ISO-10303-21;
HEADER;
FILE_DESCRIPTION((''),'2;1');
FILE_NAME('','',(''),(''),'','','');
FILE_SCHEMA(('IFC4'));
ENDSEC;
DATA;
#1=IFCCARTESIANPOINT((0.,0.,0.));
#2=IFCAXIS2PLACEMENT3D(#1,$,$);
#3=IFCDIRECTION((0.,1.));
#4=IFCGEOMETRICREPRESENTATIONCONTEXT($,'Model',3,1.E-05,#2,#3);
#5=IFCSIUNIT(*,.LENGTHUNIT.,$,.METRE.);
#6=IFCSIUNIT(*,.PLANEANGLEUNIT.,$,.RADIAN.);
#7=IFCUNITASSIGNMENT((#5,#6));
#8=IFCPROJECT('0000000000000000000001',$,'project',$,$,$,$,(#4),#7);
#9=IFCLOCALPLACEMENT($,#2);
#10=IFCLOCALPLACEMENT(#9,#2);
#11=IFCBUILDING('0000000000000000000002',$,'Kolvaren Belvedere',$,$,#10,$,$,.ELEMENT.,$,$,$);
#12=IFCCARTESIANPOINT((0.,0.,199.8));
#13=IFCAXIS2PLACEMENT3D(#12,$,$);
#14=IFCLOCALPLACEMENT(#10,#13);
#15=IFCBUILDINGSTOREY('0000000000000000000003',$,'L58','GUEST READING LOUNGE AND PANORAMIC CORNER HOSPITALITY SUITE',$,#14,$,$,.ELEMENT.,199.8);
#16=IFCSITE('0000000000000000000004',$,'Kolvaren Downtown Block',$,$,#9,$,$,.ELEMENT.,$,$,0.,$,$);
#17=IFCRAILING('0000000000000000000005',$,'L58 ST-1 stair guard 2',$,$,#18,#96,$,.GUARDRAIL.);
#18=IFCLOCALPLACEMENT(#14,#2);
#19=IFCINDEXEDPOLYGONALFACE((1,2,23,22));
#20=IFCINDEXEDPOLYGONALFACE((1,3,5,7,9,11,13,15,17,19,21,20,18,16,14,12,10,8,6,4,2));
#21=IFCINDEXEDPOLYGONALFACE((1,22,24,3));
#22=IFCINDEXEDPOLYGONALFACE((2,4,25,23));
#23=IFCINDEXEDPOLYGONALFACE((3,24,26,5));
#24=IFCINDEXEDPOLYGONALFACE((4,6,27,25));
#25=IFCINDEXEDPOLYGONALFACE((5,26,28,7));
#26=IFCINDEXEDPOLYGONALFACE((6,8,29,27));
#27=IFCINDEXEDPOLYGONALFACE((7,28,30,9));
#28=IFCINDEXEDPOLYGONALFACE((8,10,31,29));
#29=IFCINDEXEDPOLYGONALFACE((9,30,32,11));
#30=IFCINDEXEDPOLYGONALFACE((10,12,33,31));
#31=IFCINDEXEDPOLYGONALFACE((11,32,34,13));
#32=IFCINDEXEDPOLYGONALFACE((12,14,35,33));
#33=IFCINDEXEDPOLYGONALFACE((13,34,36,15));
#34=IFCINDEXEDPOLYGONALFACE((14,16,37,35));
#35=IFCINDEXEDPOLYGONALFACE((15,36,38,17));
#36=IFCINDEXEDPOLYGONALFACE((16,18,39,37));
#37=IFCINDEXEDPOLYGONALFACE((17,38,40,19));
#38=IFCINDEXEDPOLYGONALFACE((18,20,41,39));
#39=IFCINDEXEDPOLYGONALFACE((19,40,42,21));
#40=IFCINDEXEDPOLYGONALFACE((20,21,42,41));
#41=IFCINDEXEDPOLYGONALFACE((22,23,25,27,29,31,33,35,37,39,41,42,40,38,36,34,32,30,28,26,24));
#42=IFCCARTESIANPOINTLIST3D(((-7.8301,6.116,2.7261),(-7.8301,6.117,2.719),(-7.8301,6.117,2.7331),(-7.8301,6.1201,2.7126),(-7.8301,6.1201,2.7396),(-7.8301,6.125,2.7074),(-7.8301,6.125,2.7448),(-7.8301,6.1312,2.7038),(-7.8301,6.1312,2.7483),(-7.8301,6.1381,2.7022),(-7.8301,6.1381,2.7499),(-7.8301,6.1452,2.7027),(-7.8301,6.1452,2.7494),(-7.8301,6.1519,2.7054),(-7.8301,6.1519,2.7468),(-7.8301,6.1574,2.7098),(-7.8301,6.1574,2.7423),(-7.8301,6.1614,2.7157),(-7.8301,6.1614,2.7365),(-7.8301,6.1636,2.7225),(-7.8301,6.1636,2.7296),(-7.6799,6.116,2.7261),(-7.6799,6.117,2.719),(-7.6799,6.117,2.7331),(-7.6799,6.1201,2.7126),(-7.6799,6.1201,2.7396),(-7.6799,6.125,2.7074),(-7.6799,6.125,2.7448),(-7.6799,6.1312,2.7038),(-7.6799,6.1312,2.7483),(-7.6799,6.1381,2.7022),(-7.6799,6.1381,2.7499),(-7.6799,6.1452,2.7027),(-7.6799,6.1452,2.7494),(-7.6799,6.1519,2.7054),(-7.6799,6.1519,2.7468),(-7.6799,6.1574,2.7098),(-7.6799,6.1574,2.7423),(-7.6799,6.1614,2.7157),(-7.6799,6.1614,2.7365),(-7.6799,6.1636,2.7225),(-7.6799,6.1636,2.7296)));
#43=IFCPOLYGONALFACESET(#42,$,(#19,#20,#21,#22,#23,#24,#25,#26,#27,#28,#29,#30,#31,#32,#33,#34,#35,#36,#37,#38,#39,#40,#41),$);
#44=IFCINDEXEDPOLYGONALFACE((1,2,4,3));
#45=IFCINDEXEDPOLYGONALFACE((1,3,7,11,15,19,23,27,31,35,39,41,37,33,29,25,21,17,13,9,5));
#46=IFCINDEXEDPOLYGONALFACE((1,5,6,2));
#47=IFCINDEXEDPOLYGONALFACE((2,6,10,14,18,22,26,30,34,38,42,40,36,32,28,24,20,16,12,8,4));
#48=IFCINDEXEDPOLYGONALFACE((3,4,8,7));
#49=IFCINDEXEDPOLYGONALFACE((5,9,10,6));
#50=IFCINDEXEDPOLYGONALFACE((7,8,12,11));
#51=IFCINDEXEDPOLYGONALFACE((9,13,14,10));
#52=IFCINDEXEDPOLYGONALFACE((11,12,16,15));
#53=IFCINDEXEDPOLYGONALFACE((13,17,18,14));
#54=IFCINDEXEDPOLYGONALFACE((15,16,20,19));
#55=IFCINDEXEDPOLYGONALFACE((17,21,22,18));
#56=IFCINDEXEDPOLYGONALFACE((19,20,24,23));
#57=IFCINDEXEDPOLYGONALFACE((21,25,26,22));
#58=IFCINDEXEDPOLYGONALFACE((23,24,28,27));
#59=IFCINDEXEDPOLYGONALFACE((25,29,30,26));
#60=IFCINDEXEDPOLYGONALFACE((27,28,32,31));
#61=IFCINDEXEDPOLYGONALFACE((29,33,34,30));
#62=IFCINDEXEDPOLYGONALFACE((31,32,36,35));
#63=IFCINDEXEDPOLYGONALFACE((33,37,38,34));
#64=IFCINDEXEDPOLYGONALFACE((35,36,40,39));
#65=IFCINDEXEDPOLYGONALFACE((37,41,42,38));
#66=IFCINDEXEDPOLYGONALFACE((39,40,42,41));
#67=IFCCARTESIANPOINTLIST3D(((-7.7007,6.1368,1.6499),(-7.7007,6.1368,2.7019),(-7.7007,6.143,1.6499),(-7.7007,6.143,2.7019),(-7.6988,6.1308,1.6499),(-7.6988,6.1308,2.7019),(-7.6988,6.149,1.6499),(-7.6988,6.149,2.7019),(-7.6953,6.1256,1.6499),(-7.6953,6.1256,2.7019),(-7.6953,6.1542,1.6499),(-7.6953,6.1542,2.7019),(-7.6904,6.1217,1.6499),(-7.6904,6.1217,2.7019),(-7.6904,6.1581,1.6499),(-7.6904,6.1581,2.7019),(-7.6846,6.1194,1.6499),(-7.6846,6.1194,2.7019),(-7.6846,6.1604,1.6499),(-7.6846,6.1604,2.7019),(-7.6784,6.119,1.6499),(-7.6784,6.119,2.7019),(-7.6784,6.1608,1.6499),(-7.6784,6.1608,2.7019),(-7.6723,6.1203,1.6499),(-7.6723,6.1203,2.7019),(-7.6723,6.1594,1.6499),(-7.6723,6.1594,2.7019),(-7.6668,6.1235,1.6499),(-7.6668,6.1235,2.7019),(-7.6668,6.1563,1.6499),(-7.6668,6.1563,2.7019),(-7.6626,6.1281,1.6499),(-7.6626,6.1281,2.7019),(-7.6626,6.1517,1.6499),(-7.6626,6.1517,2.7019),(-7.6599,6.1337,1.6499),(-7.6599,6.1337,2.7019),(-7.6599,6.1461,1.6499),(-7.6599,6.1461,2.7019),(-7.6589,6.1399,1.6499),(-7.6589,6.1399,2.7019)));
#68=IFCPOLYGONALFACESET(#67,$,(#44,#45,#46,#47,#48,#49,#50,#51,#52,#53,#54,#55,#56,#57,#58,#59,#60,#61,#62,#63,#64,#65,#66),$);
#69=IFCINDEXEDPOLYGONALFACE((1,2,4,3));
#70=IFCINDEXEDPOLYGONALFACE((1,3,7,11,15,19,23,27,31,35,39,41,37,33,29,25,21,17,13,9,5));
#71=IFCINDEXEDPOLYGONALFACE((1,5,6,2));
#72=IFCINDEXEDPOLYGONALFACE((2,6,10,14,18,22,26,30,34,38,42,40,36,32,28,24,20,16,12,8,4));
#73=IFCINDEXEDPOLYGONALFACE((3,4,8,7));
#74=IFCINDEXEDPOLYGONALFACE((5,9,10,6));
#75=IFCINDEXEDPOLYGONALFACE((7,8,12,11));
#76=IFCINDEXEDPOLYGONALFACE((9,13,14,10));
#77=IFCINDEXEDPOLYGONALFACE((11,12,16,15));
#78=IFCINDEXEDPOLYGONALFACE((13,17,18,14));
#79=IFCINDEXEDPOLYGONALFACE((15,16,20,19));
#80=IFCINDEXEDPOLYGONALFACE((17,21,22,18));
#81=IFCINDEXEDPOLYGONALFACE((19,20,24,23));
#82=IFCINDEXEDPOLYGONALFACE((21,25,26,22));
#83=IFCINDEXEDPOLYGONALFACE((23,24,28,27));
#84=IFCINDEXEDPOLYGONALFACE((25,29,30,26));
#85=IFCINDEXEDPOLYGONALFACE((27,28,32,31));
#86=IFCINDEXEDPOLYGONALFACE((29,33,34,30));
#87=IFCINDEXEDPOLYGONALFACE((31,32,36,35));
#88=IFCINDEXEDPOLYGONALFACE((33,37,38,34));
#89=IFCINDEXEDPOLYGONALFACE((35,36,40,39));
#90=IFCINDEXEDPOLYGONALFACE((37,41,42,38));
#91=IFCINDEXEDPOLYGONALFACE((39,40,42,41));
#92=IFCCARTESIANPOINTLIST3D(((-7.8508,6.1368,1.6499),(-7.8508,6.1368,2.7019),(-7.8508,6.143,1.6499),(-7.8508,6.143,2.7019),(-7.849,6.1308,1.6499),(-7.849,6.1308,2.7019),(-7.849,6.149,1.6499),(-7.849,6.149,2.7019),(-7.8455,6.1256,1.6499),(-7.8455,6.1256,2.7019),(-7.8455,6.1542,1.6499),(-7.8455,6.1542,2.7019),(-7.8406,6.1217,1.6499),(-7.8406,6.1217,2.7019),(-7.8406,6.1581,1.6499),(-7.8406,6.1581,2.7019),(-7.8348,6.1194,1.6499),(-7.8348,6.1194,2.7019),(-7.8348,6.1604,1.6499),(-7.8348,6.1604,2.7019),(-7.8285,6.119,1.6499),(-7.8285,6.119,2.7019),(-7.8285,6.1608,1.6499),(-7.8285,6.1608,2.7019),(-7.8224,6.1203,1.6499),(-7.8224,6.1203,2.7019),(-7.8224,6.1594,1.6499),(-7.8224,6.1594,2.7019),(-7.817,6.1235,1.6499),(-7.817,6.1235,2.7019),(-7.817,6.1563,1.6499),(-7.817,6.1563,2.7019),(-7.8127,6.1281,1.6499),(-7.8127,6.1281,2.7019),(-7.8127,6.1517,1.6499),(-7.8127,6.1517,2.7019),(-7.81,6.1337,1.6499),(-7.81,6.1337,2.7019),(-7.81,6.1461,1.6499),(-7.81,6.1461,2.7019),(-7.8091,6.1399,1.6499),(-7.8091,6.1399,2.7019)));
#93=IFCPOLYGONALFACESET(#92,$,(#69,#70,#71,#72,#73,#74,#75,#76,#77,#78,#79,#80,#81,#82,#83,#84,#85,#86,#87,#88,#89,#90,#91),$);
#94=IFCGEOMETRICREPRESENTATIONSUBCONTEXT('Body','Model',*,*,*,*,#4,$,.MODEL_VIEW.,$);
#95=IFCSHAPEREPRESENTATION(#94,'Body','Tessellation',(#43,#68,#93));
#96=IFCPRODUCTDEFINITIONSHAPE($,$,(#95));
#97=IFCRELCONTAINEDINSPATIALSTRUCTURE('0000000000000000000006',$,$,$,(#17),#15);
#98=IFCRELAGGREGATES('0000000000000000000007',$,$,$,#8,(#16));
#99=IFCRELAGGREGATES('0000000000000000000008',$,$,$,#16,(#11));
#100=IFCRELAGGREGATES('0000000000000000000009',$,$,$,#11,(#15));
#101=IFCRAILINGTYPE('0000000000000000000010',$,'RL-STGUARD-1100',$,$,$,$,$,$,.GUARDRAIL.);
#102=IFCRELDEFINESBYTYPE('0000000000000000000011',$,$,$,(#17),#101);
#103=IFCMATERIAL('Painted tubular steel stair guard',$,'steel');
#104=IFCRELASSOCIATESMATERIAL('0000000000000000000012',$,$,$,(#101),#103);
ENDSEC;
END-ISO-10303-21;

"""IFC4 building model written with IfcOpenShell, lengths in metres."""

from ifc_helpers import new_model, si_unit, direction, frame, origin, origin_2d, place, context, subcontext, project, spatial, circle, extrude, material, type_object, element, save


model = new_model("IFC4")

# Units and contexts
model_context = context("Model", 3, precision=1e-05, world=origin(), true_north=direction((0.0, 1.0)))
body_context = subcontext(model_context, "Body", "Model", "MODEL_VIEW")
ifc_project = project(units=[si_unit("LENGTHUNIT", "METRE"), si_unit("PLANEANGLEUNIT", "RADIAN")], contexts=[model_context])

# Site, building, storey
site_placement = place(None, origin())
site = spatial("IfcSite", under=ifc_project, at=site_placement, Name="Kolvaren Downtown Block", CompositionType="ELEMENT", RefElevation=0.0)
building_placement = place(site_placement, origin())
building = spatial("IfcBuilding", under=site, at=building_placement, Name="Kolvaren Belvedere", CompositionType="ELEMENT")
storey_placement = place(building_placement, frame((0.0, 0.0, 199.8)))
storey = spatial("IfcBuildingStorey", under=building, at=storey_placement, Name="L58", Description="GUEST READING LOUNGE AND PANORAMIC CORNER HOSPITALITY SUITE", CompositionType="ELEMENT", Elevation=199.8)

# Railing
ifc_material_1 = material(Name="Painted tubular steel stair guard", Category="steel")
railing_type_1 = type_object("IfcRailingType", Name="RL-STGUARD-1100", PredefinedType="GUARDRAIL", material=ifc_material_1)
railing_1_placement = place(storey_placement, frame((-7.6799, 6.1399, 1.6499)))
element("IfcRailing", 1, at=railing_1_placement, inside=storey, type_object=railing_type_1, Name="L58 ST-1 stair guard 2", PredefinedType="GUARDRAIL", context=body_context, shape_type="SweptSolid", body=[
    extrude(circle(Radius=0.0239, at=origin_2d()), frame((0.0, 0.0, 1.0762), z_axis=(-1.0, 0.0, 0.0), x_axis=(0.0, -1.0, 0.0)), (0.0, 0.0, 1.0), 0.1501),
    extrude(circle(Radius=0.021, at=origin_2d()), origin(), (0.0, 0.0, 1.0), 1.052),
    extrude(circle(Radius=0.021, at=origin_2d()), frame((-0.1501, 0.0, 0.0)), (0.0, 0.0, 1.0), 1.052),
])

save(model, "model.ifc")
